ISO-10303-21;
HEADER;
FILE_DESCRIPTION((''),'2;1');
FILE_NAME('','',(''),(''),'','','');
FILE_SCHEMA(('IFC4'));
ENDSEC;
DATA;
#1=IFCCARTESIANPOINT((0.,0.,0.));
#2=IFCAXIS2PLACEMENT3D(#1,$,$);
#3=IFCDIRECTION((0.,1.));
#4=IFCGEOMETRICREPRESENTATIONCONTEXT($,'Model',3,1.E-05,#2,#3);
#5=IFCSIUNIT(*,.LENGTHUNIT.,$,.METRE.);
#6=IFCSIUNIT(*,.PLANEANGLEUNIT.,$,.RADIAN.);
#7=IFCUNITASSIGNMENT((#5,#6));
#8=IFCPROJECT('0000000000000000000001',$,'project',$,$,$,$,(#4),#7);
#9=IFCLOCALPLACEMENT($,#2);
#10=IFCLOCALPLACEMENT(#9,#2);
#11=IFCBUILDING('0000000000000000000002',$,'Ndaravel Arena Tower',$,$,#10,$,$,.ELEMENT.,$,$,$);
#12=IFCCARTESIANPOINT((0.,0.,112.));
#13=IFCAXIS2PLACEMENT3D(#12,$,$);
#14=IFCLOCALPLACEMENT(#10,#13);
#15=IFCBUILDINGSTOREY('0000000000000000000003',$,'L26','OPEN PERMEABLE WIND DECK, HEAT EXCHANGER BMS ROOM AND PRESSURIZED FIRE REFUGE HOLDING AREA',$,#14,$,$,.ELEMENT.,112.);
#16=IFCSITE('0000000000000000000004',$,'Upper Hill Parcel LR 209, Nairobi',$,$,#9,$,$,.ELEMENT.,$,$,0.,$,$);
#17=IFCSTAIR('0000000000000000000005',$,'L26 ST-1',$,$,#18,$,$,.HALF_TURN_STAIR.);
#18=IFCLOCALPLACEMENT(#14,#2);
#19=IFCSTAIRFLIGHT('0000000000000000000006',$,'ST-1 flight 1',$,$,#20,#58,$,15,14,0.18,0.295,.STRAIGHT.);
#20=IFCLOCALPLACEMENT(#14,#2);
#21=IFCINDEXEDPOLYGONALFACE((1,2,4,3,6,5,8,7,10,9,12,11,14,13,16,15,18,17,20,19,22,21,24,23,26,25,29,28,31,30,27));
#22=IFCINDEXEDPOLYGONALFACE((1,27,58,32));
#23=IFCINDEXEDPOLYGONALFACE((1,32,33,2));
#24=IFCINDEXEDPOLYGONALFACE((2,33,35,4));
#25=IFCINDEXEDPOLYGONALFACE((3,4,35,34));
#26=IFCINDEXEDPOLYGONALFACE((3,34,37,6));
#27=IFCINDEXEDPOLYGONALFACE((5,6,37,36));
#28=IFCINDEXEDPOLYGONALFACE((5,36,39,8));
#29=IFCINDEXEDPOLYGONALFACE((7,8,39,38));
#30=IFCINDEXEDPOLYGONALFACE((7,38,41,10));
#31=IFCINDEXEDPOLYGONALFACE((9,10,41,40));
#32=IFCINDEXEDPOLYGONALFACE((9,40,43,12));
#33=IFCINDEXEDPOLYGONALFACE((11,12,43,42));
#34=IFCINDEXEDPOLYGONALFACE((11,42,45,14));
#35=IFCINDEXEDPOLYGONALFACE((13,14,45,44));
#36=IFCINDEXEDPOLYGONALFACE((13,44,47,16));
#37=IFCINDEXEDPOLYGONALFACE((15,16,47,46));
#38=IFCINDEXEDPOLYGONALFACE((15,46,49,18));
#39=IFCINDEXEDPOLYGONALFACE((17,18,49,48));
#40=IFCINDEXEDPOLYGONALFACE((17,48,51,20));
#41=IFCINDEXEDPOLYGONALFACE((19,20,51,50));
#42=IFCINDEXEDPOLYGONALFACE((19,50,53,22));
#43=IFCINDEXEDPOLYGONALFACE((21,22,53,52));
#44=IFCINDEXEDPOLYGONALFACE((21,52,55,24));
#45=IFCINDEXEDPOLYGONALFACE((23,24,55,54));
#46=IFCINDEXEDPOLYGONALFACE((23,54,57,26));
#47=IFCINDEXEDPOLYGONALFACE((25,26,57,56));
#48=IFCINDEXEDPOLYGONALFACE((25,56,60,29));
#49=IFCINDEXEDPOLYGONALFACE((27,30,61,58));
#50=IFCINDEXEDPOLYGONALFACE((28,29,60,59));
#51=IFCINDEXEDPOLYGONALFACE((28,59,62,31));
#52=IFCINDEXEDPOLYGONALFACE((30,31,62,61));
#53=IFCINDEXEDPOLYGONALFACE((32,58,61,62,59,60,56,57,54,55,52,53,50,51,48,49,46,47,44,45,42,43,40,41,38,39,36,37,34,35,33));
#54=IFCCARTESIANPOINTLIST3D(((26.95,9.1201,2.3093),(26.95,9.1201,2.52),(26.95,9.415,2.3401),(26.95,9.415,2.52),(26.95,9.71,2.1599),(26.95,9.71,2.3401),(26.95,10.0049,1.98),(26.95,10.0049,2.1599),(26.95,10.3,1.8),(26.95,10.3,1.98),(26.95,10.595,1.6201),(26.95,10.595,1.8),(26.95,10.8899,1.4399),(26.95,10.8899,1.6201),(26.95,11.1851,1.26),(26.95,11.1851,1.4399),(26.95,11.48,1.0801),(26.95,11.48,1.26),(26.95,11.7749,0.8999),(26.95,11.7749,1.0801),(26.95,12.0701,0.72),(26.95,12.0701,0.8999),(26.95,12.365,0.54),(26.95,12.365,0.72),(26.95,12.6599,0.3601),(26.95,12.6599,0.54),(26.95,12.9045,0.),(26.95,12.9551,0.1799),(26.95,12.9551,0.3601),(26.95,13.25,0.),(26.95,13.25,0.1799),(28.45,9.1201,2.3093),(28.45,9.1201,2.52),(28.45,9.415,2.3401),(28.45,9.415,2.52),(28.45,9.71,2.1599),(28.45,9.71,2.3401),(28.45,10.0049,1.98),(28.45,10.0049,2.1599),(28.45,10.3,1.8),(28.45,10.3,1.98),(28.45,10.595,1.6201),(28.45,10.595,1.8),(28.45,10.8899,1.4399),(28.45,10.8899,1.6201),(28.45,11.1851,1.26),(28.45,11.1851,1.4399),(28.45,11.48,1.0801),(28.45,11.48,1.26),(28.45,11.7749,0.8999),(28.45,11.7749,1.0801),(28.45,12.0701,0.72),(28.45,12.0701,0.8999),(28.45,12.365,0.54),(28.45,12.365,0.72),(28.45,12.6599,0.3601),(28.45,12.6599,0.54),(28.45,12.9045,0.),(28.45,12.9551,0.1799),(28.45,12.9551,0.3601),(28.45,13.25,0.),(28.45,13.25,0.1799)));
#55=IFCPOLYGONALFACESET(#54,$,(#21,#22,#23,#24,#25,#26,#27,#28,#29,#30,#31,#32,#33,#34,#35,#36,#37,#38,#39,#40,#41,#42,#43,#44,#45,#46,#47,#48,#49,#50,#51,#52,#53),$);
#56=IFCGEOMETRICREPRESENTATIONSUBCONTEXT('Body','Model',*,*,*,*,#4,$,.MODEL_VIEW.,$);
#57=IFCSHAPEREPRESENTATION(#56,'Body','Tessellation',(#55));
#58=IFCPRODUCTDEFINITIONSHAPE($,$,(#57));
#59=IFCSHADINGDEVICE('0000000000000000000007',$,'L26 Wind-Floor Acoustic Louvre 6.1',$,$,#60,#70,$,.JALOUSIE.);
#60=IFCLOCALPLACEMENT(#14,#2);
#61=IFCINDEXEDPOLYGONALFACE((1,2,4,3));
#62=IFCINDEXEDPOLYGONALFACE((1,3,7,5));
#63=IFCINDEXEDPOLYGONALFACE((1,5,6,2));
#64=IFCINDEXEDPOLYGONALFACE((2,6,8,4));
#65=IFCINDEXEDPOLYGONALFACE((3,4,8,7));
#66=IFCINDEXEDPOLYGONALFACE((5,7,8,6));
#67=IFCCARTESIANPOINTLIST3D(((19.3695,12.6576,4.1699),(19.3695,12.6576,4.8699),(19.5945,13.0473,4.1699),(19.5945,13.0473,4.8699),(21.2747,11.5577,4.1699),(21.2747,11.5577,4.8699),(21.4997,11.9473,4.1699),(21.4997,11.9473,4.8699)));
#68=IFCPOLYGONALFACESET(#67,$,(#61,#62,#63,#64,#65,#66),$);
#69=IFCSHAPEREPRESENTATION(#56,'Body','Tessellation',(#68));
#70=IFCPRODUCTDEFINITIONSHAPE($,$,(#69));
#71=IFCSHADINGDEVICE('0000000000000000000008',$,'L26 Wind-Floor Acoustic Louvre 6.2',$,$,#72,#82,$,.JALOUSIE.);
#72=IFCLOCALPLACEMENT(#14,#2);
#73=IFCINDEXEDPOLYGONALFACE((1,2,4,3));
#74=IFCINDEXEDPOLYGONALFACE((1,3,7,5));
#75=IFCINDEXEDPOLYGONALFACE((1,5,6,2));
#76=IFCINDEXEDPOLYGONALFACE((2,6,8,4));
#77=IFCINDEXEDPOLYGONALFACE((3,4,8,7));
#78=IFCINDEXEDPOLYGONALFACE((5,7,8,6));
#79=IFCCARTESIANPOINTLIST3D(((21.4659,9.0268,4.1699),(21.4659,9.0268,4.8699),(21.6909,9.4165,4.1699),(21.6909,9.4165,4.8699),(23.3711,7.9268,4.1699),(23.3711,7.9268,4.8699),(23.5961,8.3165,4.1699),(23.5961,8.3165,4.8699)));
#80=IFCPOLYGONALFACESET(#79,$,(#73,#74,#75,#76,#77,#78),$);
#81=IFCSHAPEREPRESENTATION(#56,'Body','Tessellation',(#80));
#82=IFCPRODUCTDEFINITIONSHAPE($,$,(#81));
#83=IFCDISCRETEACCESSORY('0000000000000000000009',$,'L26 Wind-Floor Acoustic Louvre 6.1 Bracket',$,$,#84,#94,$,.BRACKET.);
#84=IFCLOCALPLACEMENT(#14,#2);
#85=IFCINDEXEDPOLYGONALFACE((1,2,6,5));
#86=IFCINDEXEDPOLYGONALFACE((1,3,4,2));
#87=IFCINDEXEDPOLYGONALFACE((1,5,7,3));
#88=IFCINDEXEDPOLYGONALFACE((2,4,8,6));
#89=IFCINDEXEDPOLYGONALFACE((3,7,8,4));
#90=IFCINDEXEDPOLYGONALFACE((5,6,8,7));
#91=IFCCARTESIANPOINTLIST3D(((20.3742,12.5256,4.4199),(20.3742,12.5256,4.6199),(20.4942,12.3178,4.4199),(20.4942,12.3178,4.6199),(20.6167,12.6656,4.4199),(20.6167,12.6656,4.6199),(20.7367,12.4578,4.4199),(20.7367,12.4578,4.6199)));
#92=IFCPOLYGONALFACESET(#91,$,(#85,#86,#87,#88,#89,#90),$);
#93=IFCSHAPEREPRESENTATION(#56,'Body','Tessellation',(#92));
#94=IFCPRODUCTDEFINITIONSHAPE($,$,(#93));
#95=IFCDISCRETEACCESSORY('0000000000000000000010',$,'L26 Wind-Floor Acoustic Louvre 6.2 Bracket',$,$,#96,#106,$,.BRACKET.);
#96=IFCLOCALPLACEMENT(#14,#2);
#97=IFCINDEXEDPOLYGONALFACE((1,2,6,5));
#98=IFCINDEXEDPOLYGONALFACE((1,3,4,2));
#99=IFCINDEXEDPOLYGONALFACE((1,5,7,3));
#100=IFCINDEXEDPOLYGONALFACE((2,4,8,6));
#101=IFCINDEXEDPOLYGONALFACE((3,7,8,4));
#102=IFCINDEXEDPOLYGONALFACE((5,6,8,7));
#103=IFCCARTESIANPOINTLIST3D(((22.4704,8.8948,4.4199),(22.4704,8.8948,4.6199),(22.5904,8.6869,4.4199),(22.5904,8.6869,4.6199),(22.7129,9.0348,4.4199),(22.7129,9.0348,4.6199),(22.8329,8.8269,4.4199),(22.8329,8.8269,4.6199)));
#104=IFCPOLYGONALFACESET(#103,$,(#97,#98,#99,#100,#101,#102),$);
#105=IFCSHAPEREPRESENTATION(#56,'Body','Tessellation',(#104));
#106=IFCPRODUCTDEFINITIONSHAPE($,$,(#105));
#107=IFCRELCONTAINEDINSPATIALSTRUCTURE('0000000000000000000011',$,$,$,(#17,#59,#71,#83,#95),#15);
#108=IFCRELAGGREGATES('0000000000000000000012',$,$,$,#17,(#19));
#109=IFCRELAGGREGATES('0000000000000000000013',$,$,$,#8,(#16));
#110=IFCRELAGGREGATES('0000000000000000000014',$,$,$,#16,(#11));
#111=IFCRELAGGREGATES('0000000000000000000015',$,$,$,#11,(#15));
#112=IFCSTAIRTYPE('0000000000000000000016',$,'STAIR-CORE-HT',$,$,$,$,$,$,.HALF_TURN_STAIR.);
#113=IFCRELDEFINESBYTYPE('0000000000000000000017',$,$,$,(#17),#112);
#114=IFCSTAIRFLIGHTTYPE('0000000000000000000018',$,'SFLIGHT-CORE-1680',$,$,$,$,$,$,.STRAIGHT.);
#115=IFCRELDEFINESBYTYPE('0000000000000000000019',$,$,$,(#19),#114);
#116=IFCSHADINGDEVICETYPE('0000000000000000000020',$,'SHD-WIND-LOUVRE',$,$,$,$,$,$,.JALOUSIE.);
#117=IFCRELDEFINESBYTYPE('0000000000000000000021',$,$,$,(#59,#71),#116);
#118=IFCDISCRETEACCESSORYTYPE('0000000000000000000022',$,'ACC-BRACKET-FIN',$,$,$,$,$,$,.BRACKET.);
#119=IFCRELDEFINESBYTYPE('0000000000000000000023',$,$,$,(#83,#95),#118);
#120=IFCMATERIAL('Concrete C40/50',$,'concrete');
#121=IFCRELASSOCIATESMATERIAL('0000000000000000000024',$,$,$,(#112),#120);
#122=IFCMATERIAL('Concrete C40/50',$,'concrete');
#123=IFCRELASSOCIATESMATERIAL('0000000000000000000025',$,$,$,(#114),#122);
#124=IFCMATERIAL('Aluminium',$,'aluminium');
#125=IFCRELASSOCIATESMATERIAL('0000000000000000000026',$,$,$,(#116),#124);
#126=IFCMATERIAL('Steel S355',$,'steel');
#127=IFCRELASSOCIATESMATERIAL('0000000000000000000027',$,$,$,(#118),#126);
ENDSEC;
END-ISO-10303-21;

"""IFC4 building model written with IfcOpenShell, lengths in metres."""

from ifc_helpers import new_model, si_unit, direction, frame, origin, origin_2d, place, context, subcontext, project, spatial, polyline, rectangle, outline, extrude, material, type_object, element, aggregate, save


model = new_model("IFC4")

# Units and contexts
model_context = context("Model", 3, precision=1e-05, world=origin(), true_north=direction((0.0, 1.0)))
body_context = subcontext(model_context, "Body", "Model", "MODEL_VIEW")
ifc_project = project(units=[si_unit("LENGTHUNIT", "METRE"), si_unit("PLANEANGLEUNIT", "RADIAN")], contexts=[model_context])

# Site, building, storey
site_placement = place(None, origin())
site = spatial("IfcSite", under=ifc_project, at=site_placement, Name="Upper Hill Parcel LR 209, Nairobi", CompositionType="ELEMENT", RefElevation=0.0)
building_placement = place(site_placement, origin())
building = spatial("IfcBuilding", under=site, at=building_placement, Name="Ndaravel Arena Tower", CompositionType="ELEMENT")
storey_placement = place(building_placement, frame((0.0, 0.0, 112.0)))
storey = spatial("IfcBuildingStorey", under=building, at=storey_placement, Name="L26", Description="OPEN PERMEABLE WIND DECK, HEAT EXCHANGER BMS ROOM AND PRESSURIZED FIRE REFUGE HOLDING AREA", CompositionType="ELEMENT", Elevation=112.0)

# Stair
ifc_material_1 = material(Name="Concrete C40/50", Category="concrete")
stair_type = type_object("IfcStairType", Name="STAIR-CORE-HT", PredefinedType="HALF_TURN_STAIR", material=ifc_material_1)
stair_1_placement = place(storey_placement, origin())
stair_1 = element("IfcStair", 1, at=stair_1_placement, inside=storey, type_object=stair_type, Name="L26 ST-1", PredefinedType="HALF_TURN_STAIR")

# Stair flight
ifc_material_2 = material(Name="Concrete C40/50", Category="concrete")
stair_flight_type = type_object("IfcStairFlightType", Name="SFLIGHT-CORE-1680", PredefinedType="STRAIGHT", material=ifc_material_2)
stair_flight_placement = place(storey_placement, frame((27.7, 13.25, 0.0), z_axis=(0.0, 0.0, 1.0), x_axis=(0.0, -1.0, 0.0)))
stair_flight = element("IfcStairFlight", 2, at=stair_flight_placement, type_object=stair_flight_type, Name="ST-1 flight 1", NumberOfRisers=15, NumberOfTreads=14, PredefinedType="STRAIGHT", RiserHeight=0.18, TreadLength=0.295, context=body_context, shape_type="SweptSolid", body=[
    extrude(outline(polyline([(0.0, 0.0), (0.0, 0.1799), (0.2949, 0.1799), (0.2949, 0.3601), (0.5901, 0.3601), (0.5901, 0.54), (0.885, 0.54), (0.885, 0.72), (1.1799, 0.72), (1.1799, 0.8999), (1.4751, 0.8999), (1.4751, 1.0801), (1.77, 1.0801), (1.77, 1.26), (2.0649, 1.26), (2.0649, 1.4399), (2.3601, 1.4399), (2.3601, 1.6201), (2.655, 1.6201), (2.655, 1.8), (2.95, 1.8), (2.95, 1.98), (3.2451, 1.98), (3.2451, 2.1599), (3.54, 2.1599), (3.54, 2.3401), (3.835, 2.3401), (3.835, 2.52), (4.1299, 2.52), (4.1299, 2.7), (4.1299, 2.3093), (0.3455, 0.0), (0.0, 0.0)])), frame((0.0, 0.75, 0.0), z_axis=(0.0, -1.0, 0.0), x_axis=(1.0, 0.0, 0.0)), (0.0, 0.0, 1.0), 1.5),
])
aggregate(stair_1, [stair_flight])

# Shading devices
ifc_material_3 = material(Name="Aluminium", Category="aluminium")
shading_device_type = type_object("IfcShadingDeviceType", Name="SHD-WIND-LOUVRE", PredefinedType="JALOUSIE", material=ifc_material_3)
for number, where, z_axis, x_axis, name in (
    (3, (20.4346, 12.3025, 4.1699), (0.0, 0.0, 1.0), (-0.5, -0.866025, 0.0), "L26 Wind-Floor Acoustic Louvre 6.1"),
    (4, (22.531, 8.6716, 4.1699), (0.0, 0.0, 1.0), (-0.5, -0.866025, 0.0), "L26 Wind-Floor Acoustic Louvre 6.2"),
):
    element("IfcShadingDevice", number, at=place(storey_placement, frame(where, z_axis=z_axis, x_axis=x_axis)), inside=storey, type_object=shading_device_type, Name=name, PredefinedType="JALOUSIE", context=body_context, shape_type="SweptSolid", body=[
        extrude(rectangle(XDim=0.45, YDim=2.2, at=origin_2d()), origin(), (0.0, 0.0, 1.0), 0.7),
    ])

# Discrete accessories
ifc_material_4 = material(Name="Steel S355", Category="steel")
discrete_accessory_type = type_object("IfcDiscreteAccessoryType", Name="ACC-BRACKET-FIN", PredefinedType="BRACKET", material=ifc_material_4)
for number, where, z_axis, x_axis, name in (
    (5, (20.5554, 12.4917, 4.4199), (0.0, 0.0, 1.0), (-0.866025, -0.5, 0.0), "L26 Wind-Floor Acoustic Louvre 6.1 Bracket"),
    (6, (22.6516, 8.8608, 4.4199), (0.0, 0.0, 1.0), (-0.866025, -0.5, 0.0), "L26 Wind-Floor Acoustic Louvre 6.2 Bracket"),
):
    element("IfcDiscreteAccessory", number, at=place(storey_placement, frame(where, z_axis=z_axis, x_axis=x_axis)), inside=storey, type_object=discrete_accessory_type, Name=name, PredefinedType="BRACKET", context=body_context, shape_type="SweptSolid", body=[
        extrude(rectangle(XDim=0.28, YDim=0.24, at=origin_2d()), origin(), (0.0, 0.0, 1.0), 0.2),
    ])

save(model, "model.ifc")
